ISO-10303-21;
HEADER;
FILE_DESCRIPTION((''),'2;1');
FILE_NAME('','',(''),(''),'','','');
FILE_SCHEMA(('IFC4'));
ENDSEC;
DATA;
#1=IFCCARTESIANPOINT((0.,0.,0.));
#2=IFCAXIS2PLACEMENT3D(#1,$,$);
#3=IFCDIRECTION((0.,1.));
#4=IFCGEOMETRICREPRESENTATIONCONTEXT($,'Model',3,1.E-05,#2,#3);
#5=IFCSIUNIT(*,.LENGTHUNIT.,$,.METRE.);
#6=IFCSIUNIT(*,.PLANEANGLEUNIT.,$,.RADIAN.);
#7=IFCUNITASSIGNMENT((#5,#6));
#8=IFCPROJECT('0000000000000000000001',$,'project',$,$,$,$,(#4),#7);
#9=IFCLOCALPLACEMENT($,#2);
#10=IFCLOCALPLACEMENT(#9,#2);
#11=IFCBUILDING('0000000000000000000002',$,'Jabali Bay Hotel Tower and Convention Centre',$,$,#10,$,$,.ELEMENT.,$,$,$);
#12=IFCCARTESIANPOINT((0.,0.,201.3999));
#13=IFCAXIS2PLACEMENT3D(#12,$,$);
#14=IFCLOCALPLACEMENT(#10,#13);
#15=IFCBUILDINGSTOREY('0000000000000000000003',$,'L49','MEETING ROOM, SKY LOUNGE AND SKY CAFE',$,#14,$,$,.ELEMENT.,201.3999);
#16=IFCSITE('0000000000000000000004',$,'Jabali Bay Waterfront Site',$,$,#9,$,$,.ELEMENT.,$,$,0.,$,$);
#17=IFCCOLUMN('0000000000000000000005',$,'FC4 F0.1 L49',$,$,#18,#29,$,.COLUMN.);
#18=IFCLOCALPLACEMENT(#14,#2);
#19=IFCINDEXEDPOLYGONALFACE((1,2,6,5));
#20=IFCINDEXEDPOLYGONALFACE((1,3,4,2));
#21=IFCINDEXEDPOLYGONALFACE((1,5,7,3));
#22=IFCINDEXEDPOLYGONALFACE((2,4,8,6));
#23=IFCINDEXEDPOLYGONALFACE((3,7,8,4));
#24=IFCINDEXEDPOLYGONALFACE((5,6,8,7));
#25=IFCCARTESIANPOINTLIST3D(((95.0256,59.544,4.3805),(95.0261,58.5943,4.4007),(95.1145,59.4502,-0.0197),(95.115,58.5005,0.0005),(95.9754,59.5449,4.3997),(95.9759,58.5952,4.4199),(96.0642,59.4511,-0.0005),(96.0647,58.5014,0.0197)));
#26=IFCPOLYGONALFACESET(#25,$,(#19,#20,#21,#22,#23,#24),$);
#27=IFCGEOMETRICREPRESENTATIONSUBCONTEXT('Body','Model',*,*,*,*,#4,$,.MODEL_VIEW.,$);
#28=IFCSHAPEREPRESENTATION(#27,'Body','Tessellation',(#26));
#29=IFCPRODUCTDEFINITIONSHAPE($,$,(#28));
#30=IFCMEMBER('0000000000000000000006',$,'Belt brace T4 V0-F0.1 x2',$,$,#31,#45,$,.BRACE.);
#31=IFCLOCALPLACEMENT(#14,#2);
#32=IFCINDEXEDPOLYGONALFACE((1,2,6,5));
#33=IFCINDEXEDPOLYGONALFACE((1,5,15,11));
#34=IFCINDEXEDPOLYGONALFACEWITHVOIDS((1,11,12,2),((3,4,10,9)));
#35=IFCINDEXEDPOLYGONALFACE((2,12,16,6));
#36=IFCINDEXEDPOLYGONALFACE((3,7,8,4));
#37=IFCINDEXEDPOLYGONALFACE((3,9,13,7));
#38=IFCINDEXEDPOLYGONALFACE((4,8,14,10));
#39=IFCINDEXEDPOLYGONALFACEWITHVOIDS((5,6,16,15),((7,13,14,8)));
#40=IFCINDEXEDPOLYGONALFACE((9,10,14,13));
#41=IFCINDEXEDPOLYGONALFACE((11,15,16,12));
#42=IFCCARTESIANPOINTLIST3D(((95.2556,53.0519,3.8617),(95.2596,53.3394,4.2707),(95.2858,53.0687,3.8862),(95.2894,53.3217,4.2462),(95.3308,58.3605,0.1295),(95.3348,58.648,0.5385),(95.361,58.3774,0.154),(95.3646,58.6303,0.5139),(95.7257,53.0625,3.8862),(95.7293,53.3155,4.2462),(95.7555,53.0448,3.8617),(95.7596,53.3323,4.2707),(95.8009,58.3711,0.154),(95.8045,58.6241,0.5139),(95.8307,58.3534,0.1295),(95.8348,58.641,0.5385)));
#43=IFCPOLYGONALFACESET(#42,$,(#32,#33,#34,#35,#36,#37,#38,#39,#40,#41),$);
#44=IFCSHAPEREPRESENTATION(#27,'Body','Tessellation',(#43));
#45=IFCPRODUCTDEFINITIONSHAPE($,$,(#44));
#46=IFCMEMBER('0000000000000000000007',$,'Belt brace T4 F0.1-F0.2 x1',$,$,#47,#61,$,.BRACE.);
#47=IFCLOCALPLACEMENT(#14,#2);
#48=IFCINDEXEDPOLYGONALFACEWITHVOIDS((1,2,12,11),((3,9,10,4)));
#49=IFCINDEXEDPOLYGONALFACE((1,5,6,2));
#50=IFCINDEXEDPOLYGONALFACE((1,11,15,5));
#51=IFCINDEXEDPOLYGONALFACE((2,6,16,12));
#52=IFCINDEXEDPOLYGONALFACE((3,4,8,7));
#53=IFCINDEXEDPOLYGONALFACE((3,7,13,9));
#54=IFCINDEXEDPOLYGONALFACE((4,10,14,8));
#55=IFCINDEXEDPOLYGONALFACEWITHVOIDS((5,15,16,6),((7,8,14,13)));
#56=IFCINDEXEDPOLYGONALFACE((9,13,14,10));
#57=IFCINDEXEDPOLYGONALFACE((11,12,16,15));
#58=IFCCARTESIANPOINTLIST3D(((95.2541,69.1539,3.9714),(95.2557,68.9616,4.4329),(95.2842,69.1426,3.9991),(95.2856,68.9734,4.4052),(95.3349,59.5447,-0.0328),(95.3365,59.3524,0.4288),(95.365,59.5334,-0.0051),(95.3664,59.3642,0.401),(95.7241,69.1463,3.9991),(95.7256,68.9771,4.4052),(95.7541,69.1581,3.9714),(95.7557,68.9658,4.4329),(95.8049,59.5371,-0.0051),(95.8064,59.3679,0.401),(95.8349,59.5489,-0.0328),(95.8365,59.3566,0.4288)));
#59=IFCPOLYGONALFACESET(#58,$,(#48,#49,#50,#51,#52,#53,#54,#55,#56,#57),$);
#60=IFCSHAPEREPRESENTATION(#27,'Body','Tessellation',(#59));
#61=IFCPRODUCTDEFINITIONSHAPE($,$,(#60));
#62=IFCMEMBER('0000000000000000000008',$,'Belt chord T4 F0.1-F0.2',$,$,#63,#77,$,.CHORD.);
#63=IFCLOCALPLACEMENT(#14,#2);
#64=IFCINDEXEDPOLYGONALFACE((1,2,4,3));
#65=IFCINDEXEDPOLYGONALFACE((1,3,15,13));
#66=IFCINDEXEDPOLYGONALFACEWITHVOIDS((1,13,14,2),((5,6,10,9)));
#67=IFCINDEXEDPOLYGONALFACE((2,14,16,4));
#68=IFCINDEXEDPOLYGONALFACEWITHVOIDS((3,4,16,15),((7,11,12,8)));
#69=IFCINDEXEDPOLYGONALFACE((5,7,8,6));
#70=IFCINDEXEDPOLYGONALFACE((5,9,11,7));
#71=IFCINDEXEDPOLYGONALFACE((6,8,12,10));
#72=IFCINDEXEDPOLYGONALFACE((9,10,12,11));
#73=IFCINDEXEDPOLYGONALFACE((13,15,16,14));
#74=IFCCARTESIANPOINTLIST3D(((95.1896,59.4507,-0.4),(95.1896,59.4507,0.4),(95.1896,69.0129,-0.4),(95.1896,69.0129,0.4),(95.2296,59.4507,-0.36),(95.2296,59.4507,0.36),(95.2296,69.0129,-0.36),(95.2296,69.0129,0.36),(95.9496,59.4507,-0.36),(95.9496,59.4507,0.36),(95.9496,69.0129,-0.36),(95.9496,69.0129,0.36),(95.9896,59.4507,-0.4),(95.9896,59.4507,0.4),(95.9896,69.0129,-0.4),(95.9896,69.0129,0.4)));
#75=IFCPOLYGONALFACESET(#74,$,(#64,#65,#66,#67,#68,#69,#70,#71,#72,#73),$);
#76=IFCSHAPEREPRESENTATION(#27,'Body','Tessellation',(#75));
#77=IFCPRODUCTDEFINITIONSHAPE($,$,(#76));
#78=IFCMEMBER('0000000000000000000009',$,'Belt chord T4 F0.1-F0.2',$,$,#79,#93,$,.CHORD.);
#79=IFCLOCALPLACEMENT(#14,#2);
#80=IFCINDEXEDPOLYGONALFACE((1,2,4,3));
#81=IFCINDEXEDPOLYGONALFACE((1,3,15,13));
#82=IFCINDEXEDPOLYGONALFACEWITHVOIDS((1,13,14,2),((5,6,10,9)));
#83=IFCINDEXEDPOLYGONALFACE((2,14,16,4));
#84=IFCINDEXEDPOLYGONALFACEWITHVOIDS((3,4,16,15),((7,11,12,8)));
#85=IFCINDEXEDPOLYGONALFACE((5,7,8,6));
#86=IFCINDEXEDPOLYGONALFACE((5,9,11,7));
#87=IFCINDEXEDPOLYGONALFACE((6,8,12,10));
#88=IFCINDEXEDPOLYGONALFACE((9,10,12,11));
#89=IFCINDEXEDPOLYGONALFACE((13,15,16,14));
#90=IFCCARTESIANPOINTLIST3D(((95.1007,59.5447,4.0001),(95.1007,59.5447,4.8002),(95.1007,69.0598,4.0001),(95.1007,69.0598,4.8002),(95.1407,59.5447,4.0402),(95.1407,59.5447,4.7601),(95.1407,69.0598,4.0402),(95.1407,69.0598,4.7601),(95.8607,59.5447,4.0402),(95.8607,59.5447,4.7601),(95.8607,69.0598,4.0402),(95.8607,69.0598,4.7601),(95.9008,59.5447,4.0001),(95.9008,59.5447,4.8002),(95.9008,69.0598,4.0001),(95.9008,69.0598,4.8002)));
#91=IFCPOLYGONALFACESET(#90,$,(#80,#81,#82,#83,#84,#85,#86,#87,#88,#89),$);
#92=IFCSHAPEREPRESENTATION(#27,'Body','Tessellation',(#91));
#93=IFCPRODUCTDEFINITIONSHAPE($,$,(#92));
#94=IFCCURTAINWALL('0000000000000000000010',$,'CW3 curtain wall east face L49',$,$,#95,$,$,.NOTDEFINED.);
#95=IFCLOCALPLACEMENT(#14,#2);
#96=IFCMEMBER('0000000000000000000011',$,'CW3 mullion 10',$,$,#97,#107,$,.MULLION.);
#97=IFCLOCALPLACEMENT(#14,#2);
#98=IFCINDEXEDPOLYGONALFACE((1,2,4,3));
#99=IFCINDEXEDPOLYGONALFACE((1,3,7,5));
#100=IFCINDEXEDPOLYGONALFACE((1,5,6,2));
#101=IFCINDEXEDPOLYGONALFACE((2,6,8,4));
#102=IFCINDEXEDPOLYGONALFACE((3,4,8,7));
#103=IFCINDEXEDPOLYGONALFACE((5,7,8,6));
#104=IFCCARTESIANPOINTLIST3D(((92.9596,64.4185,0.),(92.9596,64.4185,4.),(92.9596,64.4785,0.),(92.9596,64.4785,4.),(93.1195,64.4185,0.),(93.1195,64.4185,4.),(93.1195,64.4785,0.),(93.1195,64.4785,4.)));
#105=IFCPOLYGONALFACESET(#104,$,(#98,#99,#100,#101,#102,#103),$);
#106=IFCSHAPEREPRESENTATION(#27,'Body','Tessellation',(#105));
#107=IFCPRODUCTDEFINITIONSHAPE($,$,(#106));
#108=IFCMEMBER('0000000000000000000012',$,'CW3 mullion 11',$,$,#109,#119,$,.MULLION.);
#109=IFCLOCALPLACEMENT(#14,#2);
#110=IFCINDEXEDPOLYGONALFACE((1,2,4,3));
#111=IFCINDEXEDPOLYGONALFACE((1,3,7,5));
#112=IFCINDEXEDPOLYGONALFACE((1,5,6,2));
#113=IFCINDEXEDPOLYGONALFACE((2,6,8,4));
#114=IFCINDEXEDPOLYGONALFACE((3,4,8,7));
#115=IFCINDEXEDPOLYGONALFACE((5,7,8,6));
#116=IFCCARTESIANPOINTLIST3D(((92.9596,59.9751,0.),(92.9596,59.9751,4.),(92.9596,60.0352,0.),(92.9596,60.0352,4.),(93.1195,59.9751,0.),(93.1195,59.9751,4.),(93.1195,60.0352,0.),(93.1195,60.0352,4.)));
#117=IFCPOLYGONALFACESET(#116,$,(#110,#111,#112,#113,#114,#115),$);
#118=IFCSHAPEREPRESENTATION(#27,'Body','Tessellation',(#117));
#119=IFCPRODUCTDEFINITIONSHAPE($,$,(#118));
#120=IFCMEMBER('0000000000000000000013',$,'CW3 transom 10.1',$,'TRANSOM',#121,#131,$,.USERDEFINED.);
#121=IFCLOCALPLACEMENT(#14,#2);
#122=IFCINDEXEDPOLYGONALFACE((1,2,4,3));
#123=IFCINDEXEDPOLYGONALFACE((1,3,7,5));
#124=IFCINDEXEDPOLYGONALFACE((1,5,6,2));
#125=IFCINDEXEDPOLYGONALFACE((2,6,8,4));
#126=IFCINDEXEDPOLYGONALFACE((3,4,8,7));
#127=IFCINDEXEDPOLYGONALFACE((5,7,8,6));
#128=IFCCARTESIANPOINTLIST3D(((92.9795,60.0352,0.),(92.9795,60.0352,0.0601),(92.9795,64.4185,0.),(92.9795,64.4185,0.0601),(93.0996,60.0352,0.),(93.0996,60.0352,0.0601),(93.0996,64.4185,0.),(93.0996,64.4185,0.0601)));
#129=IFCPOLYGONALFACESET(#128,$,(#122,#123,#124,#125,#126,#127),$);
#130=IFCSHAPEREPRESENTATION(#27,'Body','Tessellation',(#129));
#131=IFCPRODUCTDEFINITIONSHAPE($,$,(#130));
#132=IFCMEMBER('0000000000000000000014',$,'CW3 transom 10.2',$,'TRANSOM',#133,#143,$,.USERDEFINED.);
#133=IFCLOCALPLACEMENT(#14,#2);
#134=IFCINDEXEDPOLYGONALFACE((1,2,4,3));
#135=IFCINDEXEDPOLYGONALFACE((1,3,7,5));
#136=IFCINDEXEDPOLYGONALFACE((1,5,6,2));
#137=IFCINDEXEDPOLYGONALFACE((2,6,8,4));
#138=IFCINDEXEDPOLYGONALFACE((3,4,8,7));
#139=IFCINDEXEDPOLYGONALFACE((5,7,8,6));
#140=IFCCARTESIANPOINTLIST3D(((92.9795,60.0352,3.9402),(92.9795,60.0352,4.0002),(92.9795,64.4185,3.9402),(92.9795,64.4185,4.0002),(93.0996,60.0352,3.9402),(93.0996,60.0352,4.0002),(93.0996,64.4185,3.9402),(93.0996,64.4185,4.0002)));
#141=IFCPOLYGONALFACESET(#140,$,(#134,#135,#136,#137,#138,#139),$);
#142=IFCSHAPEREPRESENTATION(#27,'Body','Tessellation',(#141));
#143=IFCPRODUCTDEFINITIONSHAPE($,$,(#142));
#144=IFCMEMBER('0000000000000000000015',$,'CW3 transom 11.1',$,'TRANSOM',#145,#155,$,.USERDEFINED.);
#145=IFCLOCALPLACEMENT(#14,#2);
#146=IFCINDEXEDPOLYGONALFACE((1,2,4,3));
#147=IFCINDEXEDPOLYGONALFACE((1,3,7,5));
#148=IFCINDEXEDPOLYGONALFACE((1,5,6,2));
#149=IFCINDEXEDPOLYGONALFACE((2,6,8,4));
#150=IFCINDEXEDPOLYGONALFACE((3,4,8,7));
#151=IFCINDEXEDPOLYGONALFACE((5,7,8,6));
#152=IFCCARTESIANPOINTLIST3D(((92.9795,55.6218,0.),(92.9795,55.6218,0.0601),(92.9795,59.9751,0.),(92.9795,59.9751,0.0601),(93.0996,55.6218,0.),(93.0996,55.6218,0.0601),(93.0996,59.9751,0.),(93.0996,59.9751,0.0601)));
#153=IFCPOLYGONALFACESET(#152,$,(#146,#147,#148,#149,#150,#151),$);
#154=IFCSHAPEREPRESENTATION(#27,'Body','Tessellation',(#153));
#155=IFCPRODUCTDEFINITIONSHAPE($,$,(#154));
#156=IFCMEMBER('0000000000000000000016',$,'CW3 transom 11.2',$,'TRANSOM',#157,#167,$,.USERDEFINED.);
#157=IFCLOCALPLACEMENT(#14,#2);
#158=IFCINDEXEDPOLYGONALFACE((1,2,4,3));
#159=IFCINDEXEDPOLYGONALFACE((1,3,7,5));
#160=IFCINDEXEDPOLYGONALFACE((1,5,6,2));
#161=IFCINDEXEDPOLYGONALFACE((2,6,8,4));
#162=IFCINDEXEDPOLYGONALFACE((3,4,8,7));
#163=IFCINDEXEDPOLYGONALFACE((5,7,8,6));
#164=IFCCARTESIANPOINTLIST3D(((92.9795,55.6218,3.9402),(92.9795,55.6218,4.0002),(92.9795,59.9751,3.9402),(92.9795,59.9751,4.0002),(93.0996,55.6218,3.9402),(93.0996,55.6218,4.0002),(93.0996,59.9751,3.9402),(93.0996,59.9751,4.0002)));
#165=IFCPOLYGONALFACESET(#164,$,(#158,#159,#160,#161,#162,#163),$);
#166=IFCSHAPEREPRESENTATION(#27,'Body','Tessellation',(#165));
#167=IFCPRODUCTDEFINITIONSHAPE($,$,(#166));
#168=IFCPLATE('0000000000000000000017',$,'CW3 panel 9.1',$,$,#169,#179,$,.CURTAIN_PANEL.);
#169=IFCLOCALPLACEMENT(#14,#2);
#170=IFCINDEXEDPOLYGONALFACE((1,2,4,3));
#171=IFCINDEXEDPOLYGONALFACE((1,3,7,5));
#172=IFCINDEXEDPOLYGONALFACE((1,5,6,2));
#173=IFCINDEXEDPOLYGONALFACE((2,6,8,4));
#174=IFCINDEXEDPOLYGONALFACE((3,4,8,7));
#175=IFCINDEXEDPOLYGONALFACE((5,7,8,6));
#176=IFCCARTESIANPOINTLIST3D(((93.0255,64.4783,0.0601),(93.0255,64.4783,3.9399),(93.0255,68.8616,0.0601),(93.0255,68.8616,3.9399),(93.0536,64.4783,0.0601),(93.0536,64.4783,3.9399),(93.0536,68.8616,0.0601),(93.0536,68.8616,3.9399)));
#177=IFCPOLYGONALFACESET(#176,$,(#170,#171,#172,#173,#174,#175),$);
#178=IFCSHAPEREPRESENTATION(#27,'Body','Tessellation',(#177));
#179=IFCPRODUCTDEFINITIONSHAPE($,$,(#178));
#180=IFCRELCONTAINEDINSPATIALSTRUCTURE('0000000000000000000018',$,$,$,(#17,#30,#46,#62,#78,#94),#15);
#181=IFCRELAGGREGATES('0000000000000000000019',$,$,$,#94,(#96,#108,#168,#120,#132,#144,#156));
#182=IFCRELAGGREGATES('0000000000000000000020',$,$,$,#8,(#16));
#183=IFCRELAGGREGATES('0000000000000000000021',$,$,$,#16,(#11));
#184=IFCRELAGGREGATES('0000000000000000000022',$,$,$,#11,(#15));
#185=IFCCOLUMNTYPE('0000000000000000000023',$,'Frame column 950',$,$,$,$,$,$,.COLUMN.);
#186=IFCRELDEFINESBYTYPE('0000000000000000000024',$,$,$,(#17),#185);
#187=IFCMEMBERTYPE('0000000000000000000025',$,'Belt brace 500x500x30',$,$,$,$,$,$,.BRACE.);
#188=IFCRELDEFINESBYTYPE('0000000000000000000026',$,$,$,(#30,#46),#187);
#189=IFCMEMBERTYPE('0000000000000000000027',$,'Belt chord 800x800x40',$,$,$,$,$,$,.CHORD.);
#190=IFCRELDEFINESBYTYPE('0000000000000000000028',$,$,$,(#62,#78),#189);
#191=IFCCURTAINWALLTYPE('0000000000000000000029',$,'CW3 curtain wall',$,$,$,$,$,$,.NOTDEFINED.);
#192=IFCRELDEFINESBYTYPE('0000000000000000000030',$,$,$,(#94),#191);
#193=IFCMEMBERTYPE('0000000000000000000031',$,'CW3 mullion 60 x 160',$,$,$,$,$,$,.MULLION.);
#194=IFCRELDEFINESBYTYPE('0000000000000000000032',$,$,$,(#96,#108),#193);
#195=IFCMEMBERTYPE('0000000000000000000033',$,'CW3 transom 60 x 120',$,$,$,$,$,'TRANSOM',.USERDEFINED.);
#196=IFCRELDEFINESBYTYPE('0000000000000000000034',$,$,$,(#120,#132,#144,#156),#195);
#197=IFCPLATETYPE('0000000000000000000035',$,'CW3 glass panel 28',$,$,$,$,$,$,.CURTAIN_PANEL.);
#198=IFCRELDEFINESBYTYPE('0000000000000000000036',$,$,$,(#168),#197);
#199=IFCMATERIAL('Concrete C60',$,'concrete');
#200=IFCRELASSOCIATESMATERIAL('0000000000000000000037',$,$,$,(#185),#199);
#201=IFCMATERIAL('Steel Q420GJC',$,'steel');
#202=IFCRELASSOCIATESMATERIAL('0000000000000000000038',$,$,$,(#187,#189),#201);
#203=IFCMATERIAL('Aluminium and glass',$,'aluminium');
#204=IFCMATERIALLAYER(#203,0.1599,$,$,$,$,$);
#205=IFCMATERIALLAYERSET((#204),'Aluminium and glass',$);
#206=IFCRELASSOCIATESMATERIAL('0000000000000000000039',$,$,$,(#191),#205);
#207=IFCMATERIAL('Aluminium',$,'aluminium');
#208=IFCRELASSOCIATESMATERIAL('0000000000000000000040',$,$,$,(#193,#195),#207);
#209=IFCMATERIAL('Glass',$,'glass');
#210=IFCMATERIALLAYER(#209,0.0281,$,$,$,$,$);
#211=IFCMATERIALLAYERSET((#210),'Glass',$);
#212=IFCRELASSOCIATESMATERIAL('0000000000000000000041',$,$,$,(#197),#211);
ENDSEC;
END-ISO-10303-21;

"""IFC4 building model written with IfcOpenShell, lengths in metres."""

from ifc_helpers import new_model, si_unit, direction, frame, origin, origin_2d, place, context, subcontext, project, spatial, rectangle, hollow_rectangle, extrude, material, layer, layer_set, material_profile, profile_set, type_object, element, aggregate, save


model = new_model("IFC4")

# Units and contexts
model_context = context("Model", 3, precision=1e-05, world=origin(), true_north=direction((0.0, 1.0)))
body_context = subcontext(model_context, "Body", "Model", "MODEL_VIEW")
ifc_project = project(units=[si_unit("LENGTHUNIT", "METRE"), si_unit("PLANEANGLEUNIT", "RADIAN")], contexts=[model_context])

# Site, building, storey
site_placement = place(None, origin())
site = spatial("IfcSite", under=ifc_project, at=site_placement, Name="Jabali Bay Waterfront Site", CompositionType="ELEMENT", RefElevation=0.0)
building_placement = place(site_placement, origin())
building = spatial("IfcBuilding", under=site, at=building_placement, Name="Jabali Bay Hotel Tower and Convention Centre", CompositionType="ELEMENT")
storey_placement = place(building_placement, frame((0.0, 0.0, 201.3999)))
storey = spatial("IfcBuildingStorey", under=building, at=storey_placement, Name="L49", Description="MEETING ROOM, SKY LOUNGE AND SKY CAFE", CompositionType="ELEMENT", Elevation=201.3999)

# Column
ifc_material_1 = material(Name="Concrete C60", Category="concrete")
ifc_material_profile_1 = material_profile(ifc_material_1, rectangle(XDim=0.95, YDim=0.95, at=origin_2d()), Name="Frame column 950")
ifc_profile_set_1 = profile_set([ifc_material_profile_1], Name="Concrete C60")
column_type = type_object("IfcColumnType", Name="Frame column 950", PredefinedType="COLUMN", material=ifc_profile_set_1)
column_placement = place(storey_placement, frame((95.5896, 58.9758, 0.0), z_axis=(-0.020188, 0.021297, 0.999569), x_axis=(0.000515, -0.999773, 0.021312)))
element("IfcColumn", 1, at=column_placement, inside=storey, type_object=column_type, Name="FC4 F0.1 L49", PredefinedType="COLUMN", context=body_context, shape_type="SweptSolid", body=[
    extrude(rectangle(XDim=0.95, YDim=0.95, at=origin_2d()), origin(), (0.0, 0.0, 1.0), 4.4021),
])

# Members
ifc_material_2 = material(Name="Steel Q420GJC", Category="steel")
ifc_material_profile_2 = material_profile(ifc_material_2, hollow_rectangle(XDim=0.5, YDim=0.5, WallThickness=0.03, at=origin_2d()), Name="Belt brace 500x500x30")
ifc_profile_set_2 = profile_set([ifc_material_profile_2], Name="Steel Q420GJC")
member_type_1 = type_object("IfcMemberType", Name="Belt brace 500x500x30", PredefinedType="BRACE", material=ifc_profile_set_2)
member_1_placement = place(storey_placement, frame((95.5828, 58.5007, 0.334), z_axis=(-0.011587, -0.818005, 0.575094), x_axis=(0.9999, -0.014163, 0.0)))
element("IfcMember", 2, at=member_1_placement, inside=storey, type_object=member_type_1, Name="Belt brace T4 V0-F0.1 x2", PredefinedType="BRACE", context=body_context, shape_type="SweptSolid", body=[
    extrude(hollow_rectangle(XDim=0.5, YDim=0.5, WallThickness=0.03, at=origin_2d()), origin(), (0.0, 0.0, 1.0), 6.4897),
])
member_2_placement = place(storey_placement, frame((95.5857, 59.4507, 0.198), z_axis=(-0.007763, 0.923037, 0.384632), x_axis=(-0.999965, -0.008409, 0.0)))
element("IfcMember", 3, at=member_2_placement, inside=storey, type_object=member_type_1, Name="Belt brace T4 F0.1-F0.2 x1", PredefinedType="BRACE", context=body_context, shape_type="SweptSolid", body=[
    extrude(hollow_rectangle(XDim=0.5, YDim=0.5, WallThickness=0.03, at=origin_2d()), origin(), (0.0, 0.0, 1.0), 10.4104),
])
ifc_material_profile_3 = material_profile(ifc_material_2, hollow_rectangle(XDim=0.8, YDim=0.8, WallThickness=0.04, at=origin_2d()), Name="Belt chord 800x800x40")
ifc_profile_set_3 = profile_set([ifc_material_profile_3], Name="Steel Q420GJC")
member_type_2 = type_object("IfcMemberType", Name="Belt chord 800x800x40", PredefinedType="CHORD", material=ifc_profile_set_3)
member_3_placement = place(storey_placement, frame((95.5896, 59.4507, 0.0), z_axis=(0.0, 1.0, 0.0), x_axis=(-1.0, 0.0, 0.0)))
element("IfcMember", 4, at=member_3_placement, inside=storey, type_object=member_type_2, Name="Belt chord T4 F0.1-F0.2", PredefinedType="CHORD", context=body_context, shape_type="SweptSolid", body=[
    extrude(hollow_rectangle(XDim=0.8, YDim=0.8, WallThickness=0.04, at=origin_2d()), origin(), (0.0, 0.0, 1.0), 9.5623),
])
member_4_placement = place(storey_placement, frame((95.5007, 59.5447, 4.4001), z_axis=(0.0, 1.0, 0.0), x_axis=(-1.0, 0.0, 0.0)))
element("IfcMember", 5, at=member_4_placement, inside=storey, type_object=member_type_2, Name="Belt chord T4 F0.1-F0.2", PredefinedType="CHORD", context=body_context, shape_type="SweptSolid", body=[
    extrude(hollow_rectangle(XDim=0.8, YDim=0.8, WallThickness=0.04, at=origin_2d()), origin(), (0.0, 0.0, 1.0), 9.5151),
])

# Curtain wall, members, plate
ifc_material_3 = material(Name="Aluminium and glass", Category="aluminium")
ifc_layer_1 = layer(ifc_material_3, 0.1599)
ifc_layer_set_1 = layer_set([ifc_layer_1], Name="Aluminium and glass")
curtain_wall_type = type_object("IfcCurtainWallType", Name="CW3 curtain wall", PredefinedType="NOTDEFINED", material=ifc_layer_set_1)
curtain_wall_placement = place(storey_placement, origin())
curtain_wall = element("IfcCurtainWall", 6, at=curtain_wall_placement, inside=storey, type_object=curtain_wall_type, Name="CW3 curtain wall east face L49", PredefinedType="NOTDEFINED")
ifc_material_4 = material(Name="Aluminium", Category="aluminium")
ifc_material_profile_4 = material_profile(ifc_material_4, rectangle(XDim=0.1599, YDim=0.0601, at=origin_2d()), Name="CW3 mullion 60 x 160")
ifc_profile_set_4 = profile_set([ifc_material_profile_4], Name="Aluminium")
member_type_3 = type_object("IfcMemberType", Name="CW3 mullion 60 x 160", PredefinedType="MULLION", material=ifc_profile_set_4)
member_5_placement = place(storey_placement, frame((93.0396, 64.4485, 0.0), z_axis=(0.0, 0.0, 1.0), x_axis=(1.0, 0.0, 0.0)))
member_5 = element("IfcMember", 7, at=member_5_placement, type_object=member_type_3, Name="CW3 mullion 10", PredefinedType="MULLION", context=body_context, shape_type="SweptSolid", body=[
    extrude(rectangle(XDim=0.1599, YDim=0.0601, at=origin_2d()), origin(), (0.0, 0.0, 1.0), 4.0),
])
member_6_placement = place(storey_placement, frame((93.0396, 60.0051, 0.0), z_axis=(0.0, 0.0, 1.0), x_axis=(1.0, 0.0, 0.0)))
member_6 = element("IfcMember", 8, at=member_6_placement, type_object=member_type_3, Name="CW3 mullion 11", PredefinedType="MULLION", context=body_context, shape_type="SweptSolid", body=[
    extrude(rectangle(XDim=0.1599, YDim=0.0601, at=origin_2d()), origin(), (0.0, 0.0, 1.0), 4.0),
])
ifc_material_profile_5 = material_profile(ifc_material_4, rectangle(XDim=0.1201, YDim=0.0601, at=origin_2d()), Name="CW3 transom 60 x 120")
ifc_profile_set_5 = profile_set([ifc_material_profile_5], Name="Aluminium")
member_type_4 = type_object("IfcMemberType", Name="CW3 transom 60 x 120", ElementType="TRANSOM", PredefinedType="USERDEFINED", material=ifc_profile_set_5)
member_7_placement = place(storey_placement, frame((93.0396, 64.4185, 0.03), z_axis=(0.0, -1.0, 0.0), x_axis=(1.0, 0.0, 0.0)))
member_7 = element("IfcMember", 9, at=member_7_placement, type_object=member_type_4, Name="CW3 transom 10.1", ObjectType="TRANSOM", PredefinedType="USERDEFINED", context=body_context, shape_type="SweptSolid", body=[
    extrude(rectangle(XDim=0.1201, YDim=0.0601, at=origin_2d()), origin(), (0.0, 0.0, 1.0), 4.3833),
])
member_8_placement = place(storey_placement, frame((93.0396, 64.4185, 3.9702), z_axis=(0.0, -1.0, 0.0), x_axis=(1.0, 0.0, 0.0)))
member_8 = element("IfcMember", 10, at=member_8_placement, type_object=member_type_4, Name="CW3 transom 10.2", ObjectType="TRANSOM", PredefinedType="USERDEFINED", context=body_context, shape_type="SweptSolid", body=[
    extrude(rectangle(XDim=0.1201, YDim=0.0601, at=origin_2d()), origin(), (0.0, 0.0, 1.0), 4.3833),
])
member_9_placement = place(storey_placement, frame((93.0396, 59.9751, 0.03), z_axis=(0.0, -1.0, 0.0), x_axis=(1.0, 0.0, 0.0)))
member_9 = element("IfcMember", 11, at=member_9_placement, type_object=member_type_4, Name="CW3 transom 11.1", ObjectType="TRANSOM", PredefinedType="USERDEFINED", context=body_context, shape_type="SweptSolid", body=[
    extrude(rectangle(XDim=0.1201, YDim=0.0601, at=origin_2d()), origin(), (0.0, 0.0, 1.0), 4.3533),
])
member_10_placement = place(storey_placement, frame((93.0396, 59.9751, 3.9702), z_axis=(0.0, -1.0, 0.0), x_axis=(1.0, 0.0, 0.0)))
member_10 = element("IfcMember", 12, at=member_10_placement, type_object=member_type_4, Name="CW3 transom 11.2", ObjectType="TRANSOM", PredefinedType="USERDEFINED", context=body_context, shape_type="SweptSolid", body=[
    extrude(rectangle(XDim=0.1201, YDim=0.0601, at=origin_2d()), origin(), (0.0, 0.0, 1.0), 4.3533),
])
ifc_material_5 = material(Name="Glass", Category="glass")
ifc_layer_2 = layer(ifc_material_5, 0.0281)
ifc_layer_set_2 = layer_set([ifc_layer_2], Name="Glass")
plate_type = type_object("IfcPlateType", Name="CW3 glass panel 28", PredefinedType="CURTAIN_PANEL", material=ifc_layer_set_2)
plate_1_placement = place(storey_placement, frame((93.0396, 66.6699, 0.0601), z_axis=(0.0, 0.0, 1.0), x_axis=(0.0, -1.0, 0.0)))
plate_1 = element("IfcPlate", 13, at=plate_1_placement, type_object=plate_type, Name="CW3 panel 9.1", PredefinedType="CURTAIN_PANEL", context=body_context, shape_type="SweptSolid", body=[
    extrude(rectangle(XDim=4.3833, YDim=0.0281, at=origin_2d()), origin(), (0.0, 0.0, 1.0), 3.8799),
])
aggregate(curtain_wall, [member_5, member_6, plate_1, member_7, member_8, member_9, member_10])

save(model, "model.ifc")
